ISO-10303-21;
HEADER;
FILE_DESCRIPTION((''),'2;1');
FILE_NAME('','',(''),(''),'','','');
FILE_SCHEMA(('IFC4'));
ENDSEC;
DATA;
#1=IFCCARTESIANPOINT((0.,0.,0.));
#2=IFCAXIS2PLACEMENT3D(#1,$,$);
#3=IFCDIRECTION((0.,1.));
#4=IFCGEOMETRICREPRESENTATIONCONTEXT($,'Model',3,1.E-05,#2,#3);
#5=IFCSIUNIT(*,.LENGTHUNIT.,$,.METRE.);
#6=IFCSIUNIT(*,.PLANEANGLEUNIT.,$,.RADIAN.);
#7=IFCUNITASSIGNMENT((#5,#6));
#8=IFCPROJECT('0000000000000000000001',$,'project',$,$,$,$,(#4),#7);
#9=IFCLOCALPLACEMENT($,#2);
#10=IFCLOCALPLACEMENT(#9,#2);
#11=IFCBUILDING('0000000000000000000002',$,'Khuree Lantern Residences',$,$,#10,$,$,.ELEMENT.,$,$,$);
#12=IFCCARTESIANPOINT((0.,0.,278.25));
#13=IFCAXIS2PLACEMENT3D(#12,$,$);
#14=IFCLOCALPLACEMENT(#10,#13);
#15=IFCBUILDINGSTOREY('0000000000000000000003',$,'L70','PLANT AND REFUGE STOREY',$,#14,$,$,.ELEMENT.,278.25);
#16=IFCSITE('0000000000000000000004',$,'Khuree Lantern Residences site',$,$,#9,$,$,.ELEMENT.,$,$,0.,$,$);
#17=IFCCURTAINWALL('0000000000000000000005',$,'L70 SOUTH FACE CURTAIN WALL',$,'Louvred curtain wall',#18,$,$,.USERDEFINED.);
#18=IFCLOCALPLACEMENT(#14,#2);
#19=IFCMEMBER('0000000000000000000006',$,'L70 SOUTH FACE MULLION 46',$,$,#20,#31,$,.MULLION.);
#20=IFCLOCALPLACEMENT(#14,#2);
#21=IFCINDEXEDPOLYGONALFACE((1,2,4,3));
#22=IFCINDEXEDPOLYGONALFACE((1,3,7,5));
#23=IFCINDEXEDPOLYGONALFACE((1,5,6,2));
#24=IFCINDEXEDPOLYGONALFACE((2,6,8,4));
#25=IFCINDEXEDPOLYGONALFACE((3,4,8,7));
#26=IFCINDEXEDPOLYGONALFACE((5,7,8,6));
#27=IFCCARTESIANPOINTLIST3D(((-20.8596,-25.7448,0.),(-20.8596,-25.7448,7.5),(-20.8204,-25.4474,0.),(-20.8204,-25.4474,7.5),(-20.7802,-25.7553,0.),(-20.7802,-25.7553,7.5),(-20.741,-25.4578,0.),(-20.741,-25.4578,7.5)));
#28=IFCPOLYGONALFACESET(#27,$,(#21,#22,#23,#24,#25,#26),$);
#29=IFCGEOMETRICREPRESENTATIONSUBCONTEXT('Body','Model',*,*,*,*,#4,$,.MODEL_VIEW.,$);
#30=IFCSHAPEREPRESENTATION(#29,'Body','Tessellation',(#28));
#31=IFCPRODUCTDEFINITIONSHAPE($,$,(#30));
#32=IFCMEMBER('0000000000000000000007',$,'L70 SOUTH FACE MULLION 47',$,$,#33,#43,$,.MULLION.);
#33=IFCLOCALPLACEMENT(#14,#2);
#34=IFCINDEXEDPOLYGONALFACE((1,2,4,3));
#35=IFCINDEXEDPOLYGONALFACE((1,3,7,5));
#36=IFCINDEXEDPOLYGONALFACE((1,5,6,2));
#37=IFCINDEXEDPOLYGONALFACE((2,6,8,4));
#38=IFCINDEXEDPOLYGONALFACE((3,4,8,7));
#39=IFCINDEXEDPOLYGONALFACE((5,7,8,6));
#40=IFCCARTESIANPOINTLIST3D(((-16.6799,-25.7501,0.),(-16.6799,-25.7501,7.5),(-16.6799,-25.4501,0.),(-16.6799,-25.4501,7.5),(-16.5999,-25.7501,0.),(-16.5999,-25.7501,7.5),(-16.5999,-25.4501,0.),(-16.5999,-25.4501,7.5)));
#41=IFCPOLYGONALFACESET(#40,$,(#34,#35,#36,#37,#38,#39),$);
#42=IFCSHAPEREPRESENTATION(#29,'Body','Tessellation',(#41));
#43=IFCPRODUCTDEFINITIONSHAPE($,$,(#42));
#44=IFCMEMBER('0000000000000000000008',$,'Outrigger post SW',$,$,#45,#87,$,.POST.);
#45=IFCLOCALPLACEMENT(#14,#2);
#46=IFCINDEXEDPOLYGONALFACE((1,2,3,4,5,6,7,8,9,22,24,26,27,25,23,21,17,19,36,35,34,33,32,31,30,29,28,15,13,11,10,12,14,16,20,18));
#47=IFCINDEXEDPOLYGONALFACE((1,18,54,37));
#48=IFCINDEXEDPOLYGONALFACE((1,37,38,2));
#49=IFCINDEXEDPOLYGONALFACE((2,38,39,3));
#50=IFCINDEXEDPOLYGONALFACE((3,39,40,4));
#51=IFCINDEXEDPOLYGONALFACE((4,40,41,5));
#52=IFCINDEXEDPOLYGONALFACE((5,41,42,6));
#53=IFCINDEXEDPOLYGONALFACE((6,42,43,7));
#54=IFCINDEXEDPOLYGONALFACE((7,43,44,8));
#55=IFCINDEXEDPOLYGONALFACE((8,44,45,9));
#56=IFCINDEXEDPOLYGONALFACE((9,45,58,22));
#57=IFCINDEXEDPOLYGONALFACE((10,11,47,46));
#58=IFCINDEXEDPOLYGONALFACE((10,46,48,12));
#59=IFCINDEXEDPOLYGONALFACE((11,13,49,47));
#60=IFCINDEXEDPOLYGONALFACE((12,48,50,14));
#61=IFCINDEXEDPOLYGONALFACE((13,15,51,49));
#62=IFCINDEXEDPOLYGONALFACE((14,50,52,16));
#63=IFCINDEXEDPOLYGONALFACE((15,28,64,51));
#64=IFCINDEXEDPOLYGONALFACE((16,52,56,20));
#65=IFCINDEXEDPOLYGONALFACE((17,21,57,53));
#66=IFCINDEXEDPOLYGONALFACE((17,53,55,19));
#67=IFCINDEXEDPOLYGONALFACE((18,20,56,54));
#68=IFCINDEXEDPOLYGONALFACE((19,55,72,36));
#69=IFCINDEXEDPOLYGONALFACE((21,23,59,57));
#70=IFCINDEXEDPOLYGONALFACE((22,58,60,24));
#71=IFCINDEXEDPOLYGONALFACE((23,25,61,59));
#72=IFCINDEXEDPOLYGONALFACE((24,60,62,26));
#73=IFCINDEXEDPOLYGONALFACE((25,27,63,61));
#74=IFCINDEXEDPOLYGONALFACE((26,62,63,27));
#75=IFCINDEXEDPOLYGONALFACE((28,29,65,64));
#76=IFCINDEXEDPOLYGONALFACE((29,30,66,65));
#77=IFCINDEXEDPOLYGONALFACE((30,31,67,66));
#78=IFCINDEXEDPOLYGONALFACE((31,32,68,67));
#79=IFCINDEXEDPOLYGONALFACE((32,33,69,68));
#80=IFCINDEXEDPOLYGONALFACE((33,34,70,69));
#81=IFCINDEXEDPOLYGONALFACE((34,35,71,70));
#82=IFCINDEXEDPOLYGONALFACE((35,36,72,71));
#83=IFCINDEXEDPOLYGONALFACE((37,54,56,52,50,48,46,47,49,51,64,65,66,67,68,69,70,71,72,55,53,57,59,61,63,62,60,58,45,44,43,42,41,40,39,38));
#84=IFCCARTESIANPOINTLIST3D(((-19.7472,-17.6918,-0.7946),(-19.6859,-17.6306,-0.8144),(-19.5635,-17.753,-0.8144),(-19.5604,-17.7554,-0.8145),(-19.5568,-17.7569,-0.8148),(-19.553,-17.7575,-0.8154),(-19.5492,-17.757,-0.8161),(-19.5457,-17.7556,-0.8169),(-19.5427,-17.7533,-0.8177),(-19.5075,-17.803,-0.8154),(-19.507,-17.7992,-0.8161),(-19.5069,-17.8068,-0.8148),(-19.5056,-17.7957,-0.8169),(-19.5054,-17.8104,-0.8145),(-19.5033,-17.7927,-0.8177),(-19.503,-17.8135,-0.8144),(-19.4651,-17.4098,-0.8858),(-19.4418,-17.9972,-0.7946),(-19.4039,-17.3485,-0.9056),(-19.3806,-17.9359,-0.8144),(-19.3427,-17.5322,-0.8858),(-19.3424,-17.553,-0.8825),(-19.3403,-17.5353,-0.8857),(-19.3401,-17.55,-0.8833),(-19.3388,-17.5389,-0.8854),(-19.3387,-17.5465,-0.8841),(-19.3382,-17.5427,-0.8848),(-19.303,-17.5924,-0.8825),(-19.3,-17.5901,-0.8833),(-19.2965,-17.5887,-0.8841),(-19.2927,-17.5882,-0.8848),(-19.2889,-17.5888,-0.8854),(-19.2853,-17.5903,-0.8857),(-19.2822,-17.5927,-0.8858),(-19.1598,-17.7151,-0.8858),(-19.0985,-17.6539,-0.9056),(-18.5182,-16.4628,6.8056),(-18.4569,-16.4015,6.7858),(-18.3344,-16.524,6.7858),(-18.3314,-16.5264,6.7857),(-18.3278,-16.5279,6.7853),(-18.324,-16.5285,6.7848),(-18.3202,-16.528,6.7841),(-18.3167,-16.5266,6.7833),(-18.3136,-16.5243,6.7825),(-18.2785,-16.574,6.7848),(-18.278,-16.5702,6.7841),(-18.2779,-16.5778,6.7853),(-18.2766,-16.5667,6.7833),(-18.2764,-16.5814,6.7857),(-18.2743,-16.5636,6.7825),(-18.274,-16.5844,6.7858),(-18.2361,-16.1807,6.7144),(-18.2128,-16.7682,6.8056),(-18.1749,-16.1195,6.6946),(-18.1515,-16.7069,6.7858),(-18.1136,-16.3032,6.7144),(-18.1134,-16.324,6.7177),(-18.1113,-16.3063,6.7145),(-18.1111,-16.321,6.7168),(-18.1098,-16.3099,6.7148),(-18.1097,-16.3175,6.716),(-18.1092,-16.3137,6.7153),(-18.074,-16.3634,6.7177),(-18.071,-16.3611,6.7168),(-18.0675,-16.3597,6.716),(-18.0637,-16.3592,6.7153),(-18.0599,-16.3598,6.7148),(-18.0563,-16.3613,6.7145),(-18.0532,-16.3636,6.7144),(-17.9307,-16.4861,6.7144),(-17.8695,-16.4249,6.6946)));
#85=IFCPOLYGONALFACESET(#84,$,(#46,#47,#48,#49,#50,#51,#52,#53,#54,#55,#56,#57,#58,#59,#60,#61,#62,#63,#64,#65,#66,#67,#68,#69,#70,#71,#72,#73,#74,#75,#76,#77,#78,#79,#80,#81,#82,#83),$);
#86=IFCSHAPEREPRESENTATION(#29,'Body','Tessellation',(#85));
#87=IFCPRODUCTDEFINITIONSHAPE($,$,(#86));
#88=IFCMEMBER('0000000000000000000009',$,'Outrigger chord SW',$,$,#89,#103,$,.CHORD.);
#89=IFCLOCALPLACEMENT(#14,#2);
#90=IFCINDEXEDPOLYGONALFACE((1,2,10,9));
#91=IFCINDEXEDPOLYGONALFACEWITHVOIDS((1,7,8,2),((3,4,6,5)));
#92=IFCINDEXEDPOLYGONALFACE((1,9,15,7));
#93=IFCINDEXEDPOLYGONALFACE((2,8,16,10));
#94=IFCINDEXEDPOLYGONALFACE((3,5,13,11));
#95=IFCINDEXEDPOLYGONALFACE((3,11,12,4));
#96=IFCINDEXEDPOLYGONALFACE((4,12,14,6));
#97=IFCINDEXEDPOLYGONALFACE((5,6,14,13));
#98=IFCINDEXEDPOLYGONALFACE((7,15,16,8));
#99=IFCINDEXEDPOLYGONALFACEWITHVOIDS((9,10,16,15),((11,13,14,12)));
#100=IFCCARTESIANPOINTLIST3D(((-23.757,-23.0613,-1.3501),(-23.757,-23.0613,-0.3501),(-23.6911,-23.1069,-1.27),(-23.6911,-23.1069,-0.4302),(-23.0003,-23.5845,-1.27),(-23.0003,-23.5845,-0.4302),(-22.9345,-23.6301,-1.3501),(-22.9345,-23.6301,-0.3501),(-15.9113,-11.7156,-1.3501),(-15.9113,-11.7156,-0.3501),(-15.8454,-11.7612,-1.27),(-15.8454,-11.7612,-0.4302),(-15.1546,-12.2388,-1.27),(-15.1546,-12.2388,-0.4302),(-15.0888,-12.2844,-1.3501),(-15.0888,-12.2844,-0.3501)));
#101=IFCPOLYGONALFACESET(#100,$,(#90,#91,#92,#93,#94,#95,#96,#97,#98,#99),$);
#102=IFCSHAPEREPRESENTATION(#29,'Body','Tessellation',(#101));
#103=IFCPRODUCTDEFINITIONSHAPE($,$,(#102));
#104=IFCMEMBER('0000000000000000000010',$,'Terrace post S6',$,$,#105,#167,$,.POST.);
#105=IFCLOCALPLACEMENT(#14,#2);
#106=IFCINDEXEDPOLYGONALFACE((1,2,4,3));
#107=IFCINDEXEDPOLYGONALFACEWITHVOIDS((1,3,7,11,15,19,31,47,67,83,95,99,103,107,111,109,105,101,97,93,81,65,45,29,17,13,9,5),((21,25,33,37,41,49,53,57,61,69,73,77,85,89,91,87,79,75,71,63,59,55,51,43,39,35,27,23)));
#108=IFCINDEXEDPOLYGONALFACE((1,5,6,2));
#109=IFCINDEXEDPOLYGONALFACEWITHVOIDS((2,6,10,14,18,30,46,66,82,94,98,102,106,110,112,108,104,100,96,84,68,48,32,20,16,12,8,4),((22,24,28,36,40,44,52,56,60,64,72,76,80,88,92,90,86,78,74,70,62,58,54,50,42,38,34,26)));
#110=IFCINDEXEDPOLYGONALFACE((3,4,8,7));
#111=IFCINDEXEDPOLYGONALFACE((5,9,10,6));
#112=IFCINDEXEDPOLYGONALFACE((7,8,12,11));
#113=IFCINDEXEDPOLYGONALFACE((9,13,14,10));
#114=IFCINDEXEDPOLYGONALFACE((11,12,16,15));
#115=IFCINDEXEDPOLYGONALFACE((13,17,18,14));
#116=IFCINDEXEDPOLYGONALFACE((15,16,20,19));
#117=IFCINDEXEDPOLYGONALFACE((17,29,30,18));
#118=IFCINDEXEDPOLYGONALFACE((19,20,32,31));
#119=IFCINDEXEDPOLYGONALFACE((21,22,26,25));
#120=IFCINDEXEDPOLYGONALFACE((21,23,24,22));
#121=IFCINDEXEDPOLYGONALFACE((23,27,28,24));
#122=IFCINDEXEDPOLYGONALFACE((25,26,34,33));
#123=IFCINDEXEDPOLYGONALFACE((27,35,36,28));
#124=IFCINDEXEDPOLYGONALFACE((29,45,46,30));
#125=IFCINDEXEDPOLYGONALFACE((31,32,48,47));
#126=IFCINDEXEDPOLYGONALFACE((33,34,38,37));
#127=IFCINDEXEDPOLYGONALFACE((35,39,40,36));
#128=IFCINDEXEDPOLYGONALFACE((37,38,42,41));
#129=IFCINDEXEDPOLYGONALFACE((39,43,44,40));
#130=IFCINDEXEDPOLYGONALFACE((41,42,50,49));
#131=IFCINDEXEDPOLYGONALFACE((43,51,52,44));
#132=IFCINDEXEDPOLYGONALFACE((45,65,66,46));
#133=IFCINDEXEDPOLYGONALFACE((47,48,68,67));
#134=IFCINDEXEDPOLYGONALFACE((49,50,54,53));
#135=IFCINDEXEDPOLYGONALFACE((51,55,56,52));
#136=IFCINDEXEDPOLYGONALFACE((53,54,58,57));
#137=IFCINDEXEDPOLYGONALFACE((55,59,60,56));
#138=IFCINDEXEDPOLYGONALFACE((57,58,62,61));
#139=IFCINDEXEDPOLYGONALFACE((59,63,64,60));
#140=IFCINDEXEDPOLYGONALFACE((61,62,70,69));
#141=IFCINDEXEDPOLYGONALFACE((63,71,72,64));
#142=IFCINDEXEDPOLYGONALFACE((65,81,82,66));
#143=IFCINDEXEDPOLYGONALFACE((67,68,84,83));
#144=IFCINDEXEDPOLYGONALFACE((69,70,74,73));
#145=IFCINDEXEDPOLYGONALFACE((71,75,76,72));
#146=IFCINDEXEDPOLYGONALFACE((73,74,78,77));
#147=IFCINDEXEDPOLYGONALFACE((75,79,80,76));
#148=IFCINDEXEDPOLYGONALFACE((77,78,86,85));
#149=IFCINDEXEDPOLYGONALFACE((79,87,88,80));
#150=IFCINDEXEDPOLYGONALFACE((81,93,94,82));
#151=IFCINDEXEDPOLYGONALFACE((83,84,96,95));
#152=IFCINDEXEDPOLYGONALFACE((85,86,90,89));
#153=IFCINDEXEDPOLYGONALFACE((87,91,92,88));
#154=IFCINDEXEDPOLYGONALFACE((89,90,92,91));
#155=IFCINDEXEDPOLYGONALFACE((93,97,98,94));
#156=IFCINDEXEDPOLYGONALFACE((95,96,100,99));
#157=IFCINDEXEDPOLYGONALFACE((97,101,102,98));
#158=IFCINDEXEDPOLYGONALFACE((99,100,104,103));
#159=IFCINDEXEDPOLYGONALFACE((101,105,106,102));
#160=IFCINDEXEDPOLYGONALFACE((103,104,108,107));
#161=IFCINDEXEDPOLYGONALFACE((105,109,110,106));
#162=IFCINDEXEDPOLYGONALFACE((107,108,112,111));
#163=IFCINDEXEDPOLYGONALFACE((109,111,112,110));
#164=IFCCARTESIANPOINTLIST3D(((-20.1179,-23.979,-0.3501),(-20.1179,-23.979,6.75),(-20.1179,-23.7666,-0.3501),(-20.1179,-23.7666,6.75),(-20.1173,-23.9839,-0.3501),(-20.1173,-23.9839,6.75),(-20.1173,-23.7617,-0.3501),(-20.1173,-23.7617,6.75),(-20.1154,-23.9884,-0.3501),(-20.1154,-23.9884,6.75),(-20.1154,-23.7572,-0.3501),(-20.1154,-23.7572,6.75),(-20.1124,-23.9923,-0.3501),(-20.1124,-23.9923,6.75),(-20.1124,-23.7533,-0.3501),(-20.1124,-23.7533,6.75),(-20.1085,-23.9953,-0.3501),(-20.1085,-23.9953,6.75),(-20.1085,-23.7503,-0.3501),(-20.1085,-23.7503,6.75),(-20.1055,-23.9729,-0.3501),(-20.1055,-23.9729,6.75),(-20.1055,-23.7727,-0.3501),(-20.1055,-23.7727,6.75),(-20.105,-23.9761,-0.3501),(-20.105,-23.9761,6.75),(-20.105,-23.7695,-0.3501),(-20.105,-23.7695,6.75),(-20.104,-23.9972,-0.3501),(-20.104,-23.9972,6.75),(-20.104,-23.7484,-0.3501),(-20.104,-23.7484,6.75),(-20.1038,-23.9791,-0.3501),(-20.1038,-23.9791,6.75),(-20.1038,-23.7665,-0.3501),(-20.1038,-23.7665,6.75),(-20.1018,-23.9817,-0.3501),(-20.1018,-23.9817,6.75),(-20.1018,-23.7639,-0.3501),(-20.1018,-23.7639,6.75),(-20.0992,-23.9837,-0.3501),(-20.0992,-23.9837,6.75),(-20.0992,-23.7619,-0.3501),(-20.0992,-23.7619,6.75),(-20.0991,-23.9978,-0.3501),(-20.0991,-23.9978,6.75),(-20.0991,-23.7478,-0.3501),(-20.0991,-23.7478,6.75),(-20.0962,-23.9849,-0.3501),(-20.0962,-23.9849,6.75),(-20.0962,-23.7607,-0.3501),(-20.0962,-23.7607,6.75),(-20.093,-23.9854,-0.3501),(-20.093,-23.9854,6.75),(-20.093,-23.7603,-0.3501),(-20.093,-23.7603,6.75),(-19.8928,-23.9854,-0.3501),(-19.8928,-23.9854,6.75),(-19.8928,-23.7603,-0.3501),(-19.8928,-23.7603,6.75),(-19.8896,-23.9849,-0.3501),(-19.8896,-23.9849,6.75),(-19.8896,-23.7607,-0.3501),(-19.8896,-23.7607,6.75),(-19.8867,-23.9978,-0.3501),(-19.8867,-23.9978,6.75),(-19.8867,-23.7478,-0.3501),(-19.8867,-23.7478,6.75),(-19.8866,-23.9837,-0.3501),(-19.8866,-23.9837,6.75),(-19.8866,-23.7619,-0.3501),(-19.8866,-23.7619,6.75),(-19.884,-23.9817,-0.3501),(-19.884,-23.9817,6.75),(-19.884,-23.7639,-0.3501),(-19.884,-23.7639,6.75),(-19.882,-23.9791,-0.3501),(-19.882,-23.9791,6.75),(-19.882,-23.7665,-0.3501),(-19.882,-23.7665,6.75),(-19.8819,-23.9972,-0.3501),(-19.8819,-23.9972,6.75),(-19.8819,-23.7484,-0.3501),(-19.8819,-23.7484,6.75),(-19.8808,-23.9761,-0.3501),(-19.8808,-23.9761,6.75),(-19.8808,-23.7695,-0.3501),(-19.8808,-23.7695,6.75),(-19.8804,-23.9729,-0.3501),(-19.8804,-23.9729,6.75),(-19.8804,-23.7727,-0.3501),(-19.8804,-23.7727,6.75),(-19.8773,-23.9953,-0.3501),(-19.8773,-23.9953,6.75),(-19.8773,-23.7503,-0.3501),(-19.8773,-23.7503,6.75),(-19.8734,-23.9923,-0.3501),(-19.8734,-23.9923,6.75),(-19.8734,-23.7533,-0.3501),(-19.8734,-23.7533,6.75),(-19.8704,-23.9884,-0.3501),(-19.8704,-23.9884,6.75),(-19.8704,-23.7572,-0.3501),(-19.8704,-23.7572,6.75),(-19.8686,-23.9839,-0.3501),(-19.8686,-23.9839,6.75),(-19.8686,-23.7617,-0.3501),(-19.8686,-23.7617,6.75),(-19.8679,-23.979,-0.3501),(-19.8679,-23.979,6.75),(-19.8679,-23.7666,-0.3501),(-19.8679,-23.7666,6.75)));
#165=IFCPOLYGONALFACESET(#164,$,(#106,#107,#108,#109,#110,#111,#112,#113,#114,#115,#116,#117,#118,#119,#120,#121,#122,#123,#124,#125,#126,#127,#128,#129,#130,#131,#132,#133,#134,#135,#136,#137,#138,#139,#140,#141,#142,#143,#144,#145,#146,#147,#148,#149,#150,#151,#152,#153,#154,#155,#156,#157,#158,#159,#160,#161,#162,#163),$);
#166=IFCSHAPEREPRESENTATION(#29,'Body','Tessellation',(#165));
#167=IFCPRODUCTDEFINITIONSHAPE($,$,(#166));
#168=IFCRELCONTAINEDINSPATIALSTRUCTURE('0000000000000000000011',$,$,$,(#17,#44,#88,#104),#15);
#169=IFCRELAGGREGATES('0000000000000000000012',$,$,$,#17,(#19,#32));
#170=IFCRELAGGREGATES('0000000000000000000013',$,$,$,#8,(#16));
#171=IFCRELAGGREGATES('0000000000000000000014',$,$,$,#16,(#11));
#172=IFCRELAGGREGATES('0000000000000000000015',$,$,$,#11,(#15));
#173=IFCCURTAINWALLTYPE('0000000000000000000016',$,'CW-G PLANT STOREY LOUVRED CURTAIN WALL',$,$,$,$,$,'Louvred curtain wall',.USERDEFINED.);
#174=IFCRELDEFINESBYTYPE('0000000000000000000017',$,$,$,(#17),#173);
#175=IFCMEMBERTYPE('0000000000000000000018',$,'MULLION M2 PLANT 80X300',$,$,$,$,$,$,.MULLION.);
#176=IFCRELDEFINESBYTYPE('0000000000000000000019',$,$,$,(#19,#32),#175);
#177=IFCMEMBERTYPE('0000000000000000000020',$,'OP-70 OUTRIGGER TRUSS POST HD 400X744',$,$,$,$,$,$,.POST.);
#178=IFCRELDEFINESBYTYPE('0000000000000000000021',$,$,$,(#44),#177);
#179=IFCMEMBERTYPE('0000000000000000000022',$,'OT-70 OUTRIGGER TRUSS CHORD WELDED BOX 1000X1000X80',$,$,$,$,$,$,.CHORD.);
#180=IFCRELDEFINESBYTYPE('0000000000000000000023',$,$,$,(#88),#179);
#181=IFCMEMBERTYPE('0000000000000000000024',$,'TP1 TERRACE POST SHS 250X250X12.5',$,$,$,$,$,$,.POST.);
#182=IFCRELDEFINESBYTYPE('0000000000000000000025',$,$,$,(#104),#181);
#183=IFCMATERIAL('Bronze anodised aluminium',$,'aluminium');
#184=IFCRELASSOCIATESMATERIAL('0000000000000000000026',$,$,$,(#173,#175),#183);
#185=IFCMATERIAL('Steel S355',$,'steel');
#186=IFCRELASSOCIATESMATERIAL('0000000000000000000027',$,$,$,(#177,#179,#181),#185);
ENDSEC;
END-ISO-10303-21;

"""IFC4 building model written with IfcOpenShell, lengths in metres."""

from ifc_helpers import new_model, si_unit, direction, frame, origin, origin_2d, place, context, subcontext, project, spatial, rectangle, hollow_rectangle, i_section, extrude, material, material_profile, profile_set, type_object, element, aggregate, save


model = new_model("IFC4")

# Units and contexts
model_context = context("Model", 3, precision=1e-05, world=origin(), true_north=direction((0.0, 1.0)))
body_context = subcontext(model_context, "Body", "Model", "MODEL_VIEW")
ifc_project = project(units=[si_unit("LENGTHUNIT", "METRE"), si_unit("PLANEANGLEUNIT", "RADIAN")], contexts=[model_context])

# Site, building, storey
site_placement = place(None, origin())
site = spatial("IfcSite", under=ifc_project, at=site_placement, Name="Khuree Lantern Residences site", CompositionType="ELEMENT", RefElevation=0.0)
building_placement = place(site_placement, origin())
building = spatial("IfcBuilding", under=site, at=building_placement, Name="Khuree Lantern Residences", CompositionType="ELEMENT")
storey_placement = place(building_placement, frame((0.0, 0.0, 278.25)))
storey = spatial("IfcBuildingStorey", under=building, at=storey_placement, Name="L70", Description="PLANT AND REFUGE STOREY", CompositionType="ELEMENT", Elevation=278.25)

# Shared definitions
ifc_material_1 = material(Name="Steel S355", Category="steel")

# Shared definitions
ifc_material_2 = material(Name="Bronze anodised aluminium", Category="aluminium")
curtain_wall_type = type_object("IfcCurtainWallType", Name="CW-G PLANT STOREY LOUVRED CURTAIN WALL", ElementType="Louvred curtain wall", PredefinedType="USERDEFINED", material=ifc_material_2)

# Curtain wall, members
ifc_material_profile_1 = material_profile(ifc_material_2, rectangle(XDim=0.0801, YDim=0.3, at=origin_2d()), Name="M2 80X300")
ifc_profile_set_1 = profile_set([ifc_material_profile_1], Name="Bronze anodised aluminium")
member_type_1 = type_object("IfcMemberType", Name="MULLION M2 PLANT 80X300", PredefinedType="MULLION", material=ifc_profile_set_1)
curtain_wall_1_placement = place(storey_placement, origin())
curtain_wall_1 = element("IfcCurtainWall", 1, at=curtain_wall_1_placement, inside=storey, type_object=curtain_wall_type, Name="L70 SOUTH FACE CURTAIN WALL", ObjectType="Louvred curtain wall", PredefinedType="USERDEFINED")
member_1_placement = place(storey_placement, frame((-20.8003, -25.6013, 0.0), z_axis=(0.0, 0.0, 1.0), x_axis=(0.991445, -0.130526, 0.0)))
member_1 = element("IfcMember", 2, at=member_1_placement, type_object=member_type_1, Name="L70 SOUTH FACE MULLION 46", PredefinedType="MULLION", context=body_context, shape_type="SweptSolid", body=[
    extrude(rectangle(XDim=0.0801, YDim=0.3, at=origin_2d()), origin(), (0.0, 0.0, 1.0), 7.5),
])
member_2_placement = place(storey_placement, frame((-16.6399, -25.6001, 0.0), z_axis=(0.0, 0.0, 1.0), x_axis=(1.0, 0.0, 0.0)))
member_2 = element("IfcMember", 3, at=member_2_placement, type_object=member_type_1, Name="L70 SOUTH FACE MULLION 47", PredefinedType="MULLION", context=body_context, shape_type="SweptSolid", body=[
    extrude(rectangle(XDim=0.0801, YDim=0.3, at=origin_2d()), origin(), (0.0, 0.0, 1.0), 7.5),
])

# Members
ifc_material_profile_2 = material_profile(ifc_material_1, i_section(OverallWidth=0.4319, OverallDepth=0.498, WebThickness=0.0557, FlangeThickness=0.0889, FilletRadius=0.0149, at=origin_2d()), Name="HD 400X744")
ifc_profile_set_2 = profile_set([ifc_material_profile_2], Name="Steel S355")
member_type_2 = type_object("IfcMemberType", Name="OP-70 OUTRIGGER TRUSS POST HD 400X744", PredefinedType="POST", material=ifc_profile_set_2)
member_3_placement = place(storey_placement, frame((-19.4229, -17.6729, -0.8501), z_axis=(0.157639, 0.157639, 0.974833), x_axis=(-0.707107, 0.707107, 0.0)))
element("IfcMember", 4, at=member_3_placement, inside=storey, type_object=member_type_2, Name="Outrigger post SW", PredefinedType="POST", context=body_context, shape_type="SweptSolid", body=[
    extrude(i_section(OverallWidth=0.4319, OverallDepth=0.498, WebThickness=0.0557, FlangeThickness=0.0889, FilletRadius=0.0149, at=origin_2d()), origin(), (0.0, 0.0, 1.0), 7.7964),
])
ifc_material_profile_3 = material_profile(ifc_material_1, hollow_rectangle(XDim=1.0, YDim=1.0, WallThickness=0.0801, at=origin_2d()), Name="WELDED BOX 1000X1000X80")
ifc_profile_set_3 = profile_set([ifc_material_profile_3], Name="Steel S355")
member_type_3 = type_object("IfcMemberType", Name="OT-70 OUTRIGGER TRUSS CHORD WELDED BOX 1000X1000X80", PredefinedType="CHORD", material=ifc_profile_set_3)
member_4_placement = place(storey_placement, frame((-23.3457, -23.3457, -0.8501), z_axis=(0.568768, 0.822498, 0.0), x_axis=(-0.822498, 0.568768, 0.0)))
element("IfcMember", 5, at=member_4_placement, inside=storey, type_object=member_type_3, Name="Outrigger chord SW", PredefinedType="CHORD", context=body_context, shape_type="SweptSolid", body=[
    extrude(hollow_rectangle(XDim=1.0, YDim=1.0, WallThickness=0.0801, at=origin_2d()), origin(), (0.0, 0.0, 1.0), 13.7942),
])
ifc_material_profile_4 = material_profile(ifc_material_1, hollow_rectangle(XDim=0.25, YDim=0.25, WallThickness=0.0125, InnerFilletRadius=0.0125, OuterFilletRadius=0.0188, at=origin_2d()), Name="SHS 250X250X12.5")
ifc_profile_set_4 = profile_set([ifc_material_profile_4], Name="Steel S355")
member_type_4 = type_object("IfcMemberType", Name="TP1 TERRACE POST SHS 250X250X12.5", PredefinedType="POST", material=ifc_profile_set_4)
for number, where, z_axis, x_axis, name in (
    (6, (-19.9929, -23.8728, -0.3501), (0.0, 0.0, 1.0), (1.0, 0.0, 0.0), "Terrace post S6"),
):
    element("IfcMember", number, at=place(storey_placement, frame(where, z_axis=z_axis, x_axis=x_axis)), inside=storey, type_object=member_type_4, Name=name, PredefinedType="POST", context=body_context, shape_type="SweptSolid", body=[
        extrude(hollow_rectangle(XDim=0.25, YDim=0.25, WallThickness=0.0125, InnerFilletRadius=0.0125, OuterFilletRadius=0.0188, at=origin_2d()), origin(), (0.0, 0.0, 1.0), 7.1001),
    ])

aggregate(curtain_wall_1, [member_1, member_2])

save(model, "model.ifc")
